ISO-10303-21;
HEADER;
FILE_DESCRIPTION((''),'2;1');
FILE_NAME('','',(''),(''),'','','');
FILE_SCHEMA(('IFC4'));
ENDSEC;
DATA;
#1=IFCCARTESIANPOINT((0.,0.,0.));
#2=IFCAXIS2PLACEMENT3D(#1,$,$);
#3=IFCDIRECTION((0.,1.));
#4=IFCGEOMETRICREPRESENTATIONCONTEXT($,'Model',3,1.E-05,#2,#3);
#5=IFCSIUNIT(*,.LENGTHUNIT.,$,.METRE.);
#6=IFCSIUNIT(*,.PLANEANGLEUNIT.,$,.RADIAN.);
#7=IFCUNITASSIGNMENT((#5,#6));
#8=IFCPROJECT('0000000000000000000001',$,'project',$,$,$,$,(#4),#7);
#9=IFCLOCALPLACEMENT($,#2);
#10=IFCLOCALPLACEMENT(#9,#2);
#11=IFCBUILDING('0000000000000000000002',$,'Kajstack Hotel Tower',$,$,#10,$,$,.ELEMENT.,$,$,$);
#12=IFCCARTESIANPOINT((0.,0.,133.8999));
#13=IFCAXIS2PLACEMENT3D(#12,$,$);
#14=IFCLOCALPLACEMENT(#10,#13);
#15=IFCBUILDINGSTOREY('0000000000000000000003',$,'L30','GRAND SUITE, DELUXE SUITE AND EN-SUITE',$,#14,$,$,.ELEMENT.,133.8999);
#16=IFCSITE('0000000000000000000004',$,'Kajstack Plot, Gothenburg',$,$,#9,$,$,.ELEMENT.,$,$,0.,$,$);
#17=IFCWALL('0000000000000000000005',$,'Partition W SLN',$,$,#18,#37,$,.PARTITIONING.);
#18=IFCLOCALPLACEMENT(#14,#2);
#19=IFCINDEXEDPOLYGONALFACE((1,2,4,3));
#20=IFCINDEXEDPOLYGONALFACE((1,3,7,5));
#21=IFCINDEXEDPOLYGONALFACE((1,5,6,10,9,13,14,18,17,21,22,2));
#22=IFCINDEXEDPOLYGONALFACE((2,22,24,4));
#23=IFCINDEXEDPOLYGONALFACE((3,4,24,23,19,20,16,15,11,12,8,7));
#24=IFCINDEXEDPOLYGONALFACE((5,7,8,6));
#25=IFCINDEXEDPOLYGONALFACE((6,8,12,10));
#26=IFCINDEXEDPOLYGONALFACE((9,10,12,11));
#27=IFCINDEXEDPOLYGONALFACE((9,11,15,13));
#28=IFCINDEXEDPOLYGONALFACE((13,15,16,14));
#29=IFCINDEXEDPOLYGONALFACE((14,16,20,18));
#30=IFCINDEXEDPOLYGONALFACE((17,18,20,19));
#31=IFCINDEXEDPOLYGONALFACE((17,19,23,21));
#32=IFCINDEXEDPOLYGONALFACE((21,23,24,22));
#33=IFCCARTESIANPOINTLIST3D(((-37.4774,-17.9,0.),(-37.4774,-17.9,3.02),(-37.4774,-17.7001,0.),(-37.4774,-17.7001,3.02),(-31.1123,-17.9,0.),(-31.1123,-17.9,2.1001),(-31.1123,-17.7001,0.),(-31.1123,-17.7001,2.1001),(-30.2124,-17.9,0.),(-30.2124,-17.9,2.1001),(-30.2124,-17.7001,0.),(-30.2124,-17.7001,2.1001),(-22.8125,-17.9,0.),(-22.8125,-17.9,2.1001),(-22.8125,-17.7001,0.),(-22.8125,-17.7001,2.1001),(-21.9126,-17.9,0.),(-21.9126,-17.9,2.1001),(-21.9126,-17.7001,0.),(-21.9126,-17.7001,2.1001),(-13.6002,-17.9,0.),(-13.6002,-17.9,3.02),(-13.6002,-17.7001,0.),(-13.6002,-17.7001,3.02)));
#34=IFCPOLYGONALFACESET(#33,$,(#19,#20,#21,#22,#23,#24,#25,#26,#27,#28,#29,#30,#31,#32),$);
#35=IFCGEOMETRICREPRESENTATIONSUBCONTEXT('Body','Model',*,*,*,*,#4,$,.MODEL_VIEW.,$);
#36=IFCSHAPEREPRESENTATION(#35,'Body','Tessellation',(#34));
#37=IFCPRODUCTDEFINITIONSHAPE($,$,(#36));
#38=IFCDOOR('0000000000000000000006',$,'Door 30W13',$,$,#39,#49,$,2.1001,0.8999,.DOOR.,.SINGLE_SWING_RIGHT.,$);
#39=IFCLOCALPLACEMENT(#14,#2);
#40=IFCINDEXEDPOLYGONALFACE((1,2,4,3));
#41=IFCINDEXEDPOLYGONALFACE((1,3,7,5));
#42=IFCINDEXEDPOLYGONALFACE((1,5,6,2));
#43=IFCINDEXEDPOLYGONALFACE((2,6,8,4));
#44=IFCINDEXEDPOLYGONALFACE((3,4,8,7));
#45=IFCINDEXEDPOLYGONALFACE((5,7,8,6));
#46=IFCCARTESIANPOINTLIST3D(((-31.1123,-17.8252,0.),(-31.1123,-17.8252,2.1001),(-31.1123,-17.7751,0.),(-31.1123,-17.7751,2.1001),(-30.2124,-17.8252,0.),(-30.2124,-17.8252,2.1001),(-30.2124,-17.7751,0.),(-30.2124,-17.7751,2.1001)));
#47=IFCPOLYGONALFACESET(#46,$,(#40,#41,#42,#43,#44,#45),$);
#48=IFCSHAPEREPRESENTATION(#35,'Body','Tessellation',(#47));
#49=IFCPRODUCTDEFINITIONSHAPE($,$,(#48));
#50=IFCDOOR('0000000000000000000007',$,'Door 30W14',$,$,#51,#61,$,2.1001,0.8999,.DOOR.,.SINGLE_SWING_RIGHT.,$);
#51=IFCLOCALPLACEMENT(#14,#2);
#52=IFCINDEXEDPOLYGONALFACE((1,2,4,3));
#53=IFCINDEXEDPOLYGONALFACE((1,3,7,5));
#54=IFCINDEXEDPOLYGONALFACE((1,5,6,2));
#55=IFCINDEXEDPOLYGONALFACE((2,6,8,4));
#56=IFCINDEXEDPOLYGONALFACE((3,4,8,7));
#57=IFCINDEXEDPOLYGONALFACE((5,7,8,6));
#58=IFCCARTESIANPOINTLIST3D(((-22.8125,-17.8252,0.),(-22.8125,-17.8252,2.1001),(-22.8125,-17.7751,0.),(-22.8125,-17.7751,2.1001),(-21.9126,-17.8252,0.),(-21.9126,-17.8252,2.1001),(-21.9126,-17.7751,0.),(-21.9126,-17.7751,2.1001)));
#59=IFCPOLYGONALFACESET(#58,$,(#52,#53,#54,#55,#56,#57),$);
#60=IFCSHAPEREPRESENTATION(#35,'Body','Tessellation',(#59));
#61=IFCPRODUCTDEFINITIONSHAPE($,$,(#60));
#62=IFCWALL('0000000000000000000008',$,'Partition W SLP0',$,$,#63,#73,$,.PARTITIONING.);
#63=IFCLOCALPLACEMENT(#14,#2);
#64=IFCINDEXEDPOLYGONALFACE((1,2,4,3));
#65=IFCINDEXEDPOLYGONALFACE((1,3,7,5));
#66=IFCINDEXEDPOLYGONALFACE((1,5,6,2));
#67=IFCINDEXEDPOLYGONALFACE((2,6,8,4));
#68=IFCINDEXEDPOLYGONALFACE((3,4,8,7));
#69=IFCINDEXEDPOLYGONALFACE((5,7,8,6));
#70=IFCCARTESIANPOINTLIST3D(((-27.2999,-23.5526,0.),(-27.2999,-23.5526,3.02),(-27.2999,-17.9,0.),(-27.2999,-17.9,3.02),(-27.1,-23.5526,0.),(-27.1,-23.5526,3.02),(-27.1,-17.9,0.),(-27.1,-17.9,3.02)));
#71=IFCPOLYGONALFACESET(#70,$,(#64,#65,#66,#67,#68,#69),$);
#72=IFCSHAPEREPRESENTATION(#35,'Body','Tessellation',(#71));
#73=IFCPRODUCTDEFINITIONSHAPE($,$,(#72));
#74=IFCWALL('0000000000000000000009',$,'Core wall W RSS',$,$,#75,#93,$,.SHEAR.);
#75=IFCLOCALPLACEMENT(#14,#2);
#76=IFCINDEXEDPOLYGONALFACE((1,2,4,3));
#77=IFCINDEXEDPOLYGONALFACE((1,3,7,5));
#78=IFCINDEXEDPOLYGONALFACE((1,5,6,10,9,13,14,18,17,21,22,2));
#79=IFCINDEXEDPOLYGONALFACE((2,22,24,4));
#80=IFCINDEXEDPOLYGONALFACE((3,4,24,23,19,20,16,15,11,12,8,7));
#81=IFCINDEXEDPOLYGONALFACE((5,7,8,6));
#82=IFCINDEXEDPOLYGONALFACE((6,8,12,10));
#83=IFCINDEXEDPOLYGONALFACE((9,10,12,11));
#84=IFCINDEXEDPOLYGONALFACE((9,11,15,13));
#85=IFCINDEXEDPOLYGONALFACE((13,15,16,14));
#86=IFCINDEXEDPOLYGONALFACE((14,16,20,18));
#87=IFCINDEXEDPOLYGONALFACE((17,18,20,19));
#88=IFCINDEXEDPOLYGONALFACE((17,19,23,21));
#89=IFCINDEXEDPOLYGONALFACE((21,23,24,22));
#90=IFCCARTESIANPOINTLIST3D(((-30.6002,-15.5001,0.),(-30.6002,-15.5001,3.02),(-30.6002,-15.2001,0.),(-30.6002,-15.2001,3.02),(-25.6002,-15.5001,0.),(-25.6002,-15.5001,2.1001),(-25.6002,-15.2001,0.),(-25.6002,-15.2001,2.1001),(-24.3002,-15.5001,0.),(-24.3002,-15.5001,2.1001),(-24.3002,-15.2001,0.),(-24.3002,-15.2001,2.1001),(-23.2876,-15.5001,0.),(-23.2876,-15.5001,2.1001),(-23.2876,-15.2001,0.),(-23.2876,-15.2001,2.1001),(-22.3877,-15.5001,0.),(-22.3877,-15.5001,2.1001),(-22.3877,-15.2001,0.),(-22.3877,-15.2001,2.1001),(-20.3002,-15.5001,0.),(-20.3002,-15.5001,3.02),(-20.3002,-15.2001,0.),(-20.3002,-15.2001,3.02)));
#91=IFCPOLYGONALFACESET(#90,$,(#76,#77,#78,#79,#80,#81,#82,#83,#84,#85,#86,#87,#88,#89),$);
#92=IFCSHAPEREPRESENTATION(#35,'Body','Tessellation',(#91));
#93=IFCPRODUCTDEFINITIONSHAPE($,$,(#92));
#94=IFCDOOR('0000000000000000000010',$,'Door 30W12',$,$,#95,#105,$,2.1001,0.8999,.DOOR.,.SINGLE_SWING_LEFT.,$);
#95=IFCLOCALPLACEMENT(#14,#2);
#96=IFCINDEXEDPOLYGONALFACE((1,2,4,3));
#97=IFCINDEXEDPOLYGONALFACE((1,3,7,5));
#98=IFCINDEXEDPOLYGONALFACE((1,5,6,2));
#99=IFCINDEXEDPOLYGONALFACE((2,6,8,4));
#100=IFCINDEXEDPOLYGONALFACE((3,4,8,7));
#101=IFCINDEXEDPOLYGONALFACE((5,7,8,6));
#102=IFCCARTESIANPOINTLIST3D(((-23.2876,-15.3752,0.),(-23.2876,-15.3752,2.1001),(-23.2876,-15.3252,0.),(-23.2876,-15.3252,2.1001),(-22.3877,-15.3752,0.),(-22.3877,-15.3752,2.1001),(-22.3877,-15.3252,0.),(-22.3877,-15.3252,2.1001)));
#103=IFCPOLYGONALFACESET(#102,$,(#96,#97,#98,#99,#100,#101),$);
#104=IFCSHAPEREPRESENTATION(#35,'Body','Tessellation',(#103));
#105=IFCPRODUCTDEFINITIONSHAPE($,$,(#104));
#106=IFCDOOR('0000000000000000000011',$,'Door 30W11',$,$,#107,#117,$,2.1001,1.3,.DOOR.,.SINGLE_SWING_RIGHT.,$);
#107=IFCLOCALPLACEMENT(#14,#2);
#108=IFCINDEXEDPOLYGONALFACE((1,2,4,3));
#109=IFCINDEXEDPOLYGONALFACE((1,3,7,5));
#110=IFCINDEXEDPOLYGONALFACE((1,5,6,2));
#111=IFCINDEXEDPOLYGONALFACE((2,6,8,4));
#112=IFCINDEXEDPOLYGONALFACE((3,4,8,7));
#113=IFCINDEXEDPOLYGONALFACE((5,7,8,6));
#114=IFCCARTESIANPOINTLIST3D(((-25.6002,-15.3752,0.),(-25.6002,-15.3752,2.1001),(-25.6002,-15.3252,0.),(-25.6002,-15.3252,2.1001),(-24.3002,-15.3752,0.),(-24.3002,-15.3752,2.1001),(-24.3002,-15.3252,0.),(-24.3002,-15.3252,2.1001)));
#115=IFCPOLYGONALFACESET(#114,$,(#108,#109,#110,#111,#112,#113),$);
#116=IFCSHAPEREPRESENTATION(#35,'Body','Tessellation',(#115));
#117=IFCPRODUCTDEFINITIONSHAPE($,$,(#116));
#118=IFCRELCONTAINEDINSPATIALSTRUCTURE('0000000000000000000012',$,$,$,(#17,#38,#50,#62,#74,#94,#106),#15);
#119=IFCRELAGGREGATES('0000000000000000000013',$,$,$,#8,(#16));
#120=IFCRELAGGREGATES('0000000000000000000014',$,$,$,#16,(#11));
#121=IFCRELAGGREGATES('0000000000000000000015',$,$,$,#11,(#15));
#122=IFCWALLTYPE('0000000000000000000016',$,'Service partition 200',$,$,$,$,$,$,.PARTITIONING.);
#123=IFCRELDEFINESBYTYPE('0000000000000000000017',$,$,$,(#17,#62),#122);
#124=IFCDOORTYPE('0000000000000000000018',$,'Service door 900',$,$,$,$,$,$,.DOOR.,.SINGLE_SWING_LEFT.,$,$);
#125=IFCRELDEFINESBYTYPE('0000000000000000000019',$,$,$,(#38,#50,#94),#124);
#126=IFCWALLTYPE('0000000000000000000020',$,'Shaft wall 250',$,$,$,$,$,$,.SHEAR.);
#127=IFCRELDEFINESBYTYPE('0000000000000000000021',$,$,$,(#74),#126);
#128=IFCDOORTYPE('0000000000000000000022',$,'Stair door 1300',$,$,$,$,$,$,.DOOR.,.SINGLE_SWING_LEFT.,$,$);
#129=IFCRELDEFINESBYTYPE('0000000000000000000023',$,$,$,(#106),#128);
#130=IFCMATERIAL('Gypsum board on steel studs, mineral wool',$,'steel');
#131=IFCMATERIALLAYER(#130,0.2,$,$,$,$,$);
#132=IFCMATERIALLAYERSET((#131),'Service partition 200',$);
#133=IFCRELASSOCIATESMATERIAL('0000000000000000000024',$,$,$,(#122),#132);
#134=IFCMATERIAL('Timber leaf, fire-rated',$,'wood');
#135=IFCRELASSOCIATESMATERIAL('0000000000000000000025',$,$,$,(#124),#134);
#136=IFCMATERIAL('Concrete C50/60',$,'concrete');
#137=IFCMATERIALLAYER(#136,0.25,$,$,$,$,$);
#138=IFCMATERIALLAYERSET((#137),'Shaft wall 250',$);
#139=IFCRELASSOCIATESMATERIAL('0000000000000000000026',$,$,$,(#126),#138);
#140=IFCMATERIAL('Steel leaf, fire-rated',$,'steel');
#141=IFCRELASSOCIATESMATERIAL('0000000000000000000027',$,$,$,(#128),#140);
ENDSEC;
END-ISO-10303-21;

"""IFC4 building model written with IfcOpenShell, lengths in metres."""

from ifc_helpers import new_model, si_unit, direction, frame, frame_2d, origin, place, context, subcontext, project, spatial, rectangle, extrude, material, layer, layer_set, type_object, element, fill, save


model = new_model("IFC4")

# Units and contexts
model_context = context("Model", 3, precision=1e-05, world=origin(), true_north=direction((0.0, 1.0)))
body_context = subcontext(model_context, "Body", "Model", "MODEL_VIEW")
ifc_project = project(units=[si_unit("LENGTHUNIT", "METRE"), si_unit("PLANEANGLEUNIT", "RADIAN")], contexts=[model_context])

# Site, building, storey
site_placement = place(None, origin())
site = spatial("IfcSite", under=ifc_project, at=site_placement, Name="Kajstack Plot, Gothenburg", CompositionType="ELEMENT", RefElevation=0.0)
building_placement = place(site_placement, origin())
building = spatial("IfcBuilding", under=site, at=building_placement, Name="Kajstack Hotel Tower", CompositionType="ELEMENT")
storey_placement = place(building_placement, frame((0.0, 0.0, 133.8999)))
storey = spatial("IfcBuildingStorey", under=building, at=storey_placement, Name="L30", Description="GRAND SUITE, DELUXE SUITE AND EN-SUITE", CompositionType="ELEMENT", Elevation=133.8999)

# Shared definitions
ifc_material_1 = material(Name="Gypsum board on steel studs, mineral wool", Category="steel")
ifc_layer_1 = layer(ifc_material_1, 0.2)
ifc_layer_set_1 = layer_set([ifc_layer_1], Name="Service partition 200")
wall_type_1 = type_object("IfcWallType", Name="Service partition 200", PredefinedType="PARTITIONING", material=ifc_layer_set_1)
ifc_material_2 = material(Name="Timber leaf, fire-rated", Category="wood")
door_type_1 = type_object("IfcDoorType", Name="Service door 900", OperationType="SINGLE_SWING_LEFT", PredefinedType="DOOR", material=ifc_material_2)

# Wall, openings, doors
wall_1_placement = place(storey_placement, frame((-37.4773, -17.8, 0.0), z_axis=(0.0, 0.0, 1.0), x_axis=(1.0, 0.0, 0.0)))
wall_1 = element("IfcWall", 1, at=wall_1_placement, inside=storey, type_object=wall_type_1, Name="Partition W SLN", PredefinedType="PARTITIONING", context=body_context, shape_type="SweptSolid", body=[
    extrude(rectangle(XDim=23.8772, YDim=0.2, at=frame_2d((11.9385, 0.0))), origin(), (0.0, 0.0, 1.0), 3.02),
])
opening_1_placement = place(wall_1_placement, frame((6.365, 0.0, 0.0)))
opening_1 = element("IfcOpeningElement", 2, at=opening_1_placement, cuts=wall_1, PredefinedType="OPENING", context=body_context, shape_type="SweptSolid", body=[
    extrude(rectangle(XDim=0.8999, YDim=2.1001, at=frame_2d((0.45, 1.05))), frame((0.0, 0.1099, 0.0), z_axis=(0.0, -1.0, 0.0), x_axis=(1.0, 0.0, 0.0)), (0.0, 0.0, 1.0), 0.22),
])
opening_2_placement = place(wall_1_placement, frame((14.6648, 0.0, 0.0)))
opening_2 = element("IfcOpeningElement", 3, at=opening_2_placement, cuts=wall_1, PredefinedType="OPENING", context=body_context, shape_type="SweptSolid", body=[
    extrude(rectangle(XDim=0.8999, YDim=2.1001, at=frame_2d((0.45, 1.05))), frame((0.0, 0.1099, 0.0), z_axis=(0.0, -1.0, 0.0), x_axis=(1.0, 0.0, 0.0)), (0.0, 0.0, 1.0), 0.22),
])
door_1_placement = place(opening_1_placement, origin())
door_1 = element("IfcDoor", 4, at=door_1_placement, inside=storey, type_object=door_type_1, Name="Door 30W13", OperationType="SINGLE_SWING_RIGHT", OverallHeight=2.1001, OverallWidth=0.8999, PredefinedType="DOOR", context=body_context, shape_type="SweptSolid", body=[
    extrude(rectangle(XDim=0.8999, YDim=2.1001, at=frame_2d((0.45, 1.05))), frame((0.0, 0.0249, 0.0), z_axis=(0.0, -1.0, 0.0), x_axis=(1.0, 0.0, 0.0)), (0.0, 0.0, 1.0), 0.05),
])
fill(opening_1, door_1)
door_2_placement = place(opening_2_placement, origin())
door_2 = element("IfcDoor", 5, at=door_2_placement, inside=storey, type_object=door_type_1, Name="Door 30W14", OperationType="SINGLE_SWING_RIGHT", OverallHeight=2.1001, OverallWidth=0.8999, PredefinedType="DOOR", context=body_context, shape_type="SweptSolid", body=[
    extrude(rectangle(XDim=0.8999, YDim=2.1001, at=frame_2d((0.45, 1.05))), frame((0.0, 0.0249, 0.0), z_axis=(0.0, -1.0, 0.0), x_axis=(1.0, 0.0, 0.0)), (0.0, 0.0, 1.0), 0.05),
])
fill(opening_2, door_2)

# Wall
wall_2_placement = place(storey_placement, frame((-27.2, -23.5525, 0.0), z_axis=(0.0, 0.0, 1.0), x_axis=(0.0, 1.0, 0.0)))
element("IfcWall", 6, at=wall_2_placement, inside=storey, type_object=wall_type_1, Name="Partition W SLP0", PredefinedType="PARTITIONING", context=body_context, shape_type="SweptSolid", body=[
    extrude(rectangle(XDim=5.6526, YDim=0.2, at=frame_2d((2.8262, 0.0))), origin(), (0.0, 0.0, 1.0), 3.02),
])

# Wall, openings, doors
ifc_material_3 = material(Name="Concrete C50/60", Category="concrete")
ifc_layer_2 = layer(ifc_material_3, 0.25)
ifc_layer_set_2 = layer_set([ifc_layer_2], Name="Shaft wall 250")
wall_type_2 = type_object("IfcWallType", Name="Shaft wall 250", PredefinedType="SHEAR", material=ifc_layer_set_2)
wall_3_placement = place(storey_placement, frame((-30.6001, -15.3501, 0.0), z_axis=(0.0, 0.0, 1.0), x_axis=(1.0, 0.0, 0.0)))
wall_3 = element("IfcWall", 7, at=wall_3_placement, inside=storey, type_object=wall_type_2, Name="Core wall W RSS", PredefinedType="SHEAR", context=body_context, shape_type="SweptSolid", body=[
    extrude(rectangle(XDim=10.3, YDim=0.3, at=frame_2d((5.1499, 0.0))), origin(), (0.0, 0.0, 1.0), 3.02),
])
opening_3_placement = place(wall_3_placement, frame((5.0, 0.0, 0.0)))
opening_3 = element("IfcOpeningElement", 8, at=opening_3_placement, cuts=wall_3, PredefinedType="OPENING", context=body_context, shape_type="SweptSolid", body=[
    extrude(rectangle(XDim=1.3, YDim=2.1001, at=frame_2d((0.6499, 1.05))), frame((0.0, 0.1599, 0.0), z_axis=(0.0, -1.0, 0.0), x_axis=(1.0, 0.0, 0.0)), (0.0, 0.0, 1.0), 0.3201),
])
opening_4_placement = place(wall_3_placement, frame((7.3125, 0.0, 0.0)))
opening_4 = element("IfcOpeningElement", 9, at=opening_4_placement, cuts=wall_3, PredefinedType="OPENING", context=body_context, shape_type="SweptSolid", body=[
    extrude(rectangle(XDim=0.8999, YDim=2.1001, at=frame_2d((0.45, 1.05))), frame((0.0, 0.1599, 0.0), z_axis=(0.0, -1.0, 0.0), x_axis=(1.0, 0.0, 0.0)), (0.0, 0.0, 1.0), 0.3201),
])
door_3_placement = place(opening_4_placement, origin())
door_3 = element("IfcDoor", 10, at=door_3_placement, inside=storey, type_object=door_type_1, Name="Door 30W12", OperationType="SINGLE_SWING_LEFT", OverallHeight=2.1001, OverallWidth=0.8999, PredefinedType="DOOR", context=body_context, shape_type="SweptSolid", body=[
    extrude(rectangle(XDim=0.8999, YDim=2.1001, at=frame_2d((0.45, 1.05))), frame((0.0, 0.0249, 0.0), z_axis=(0.0, -1.0, 0.0), x_axis=(1.0, 0.0, 0.0)), (0.0, 0.0, 1.0), 0.05),
])
fill(opening_4, door_3)
ifc_material_4 = material(Name="Steel leaf, fire-rated", Category="steel")
door_type_2 = type_object("IfcDoorType", Name="Stair door 1300", OperationType="SINGLE_SWING_LEFT", PredefinedType="DOOR", material=ifc_material_4)
door_4_placement = place(opening_3_placement, origin())
door_4 = element("IfcDoor", 11, at=door_4_placement, inside=storey, type_object=door_type_2, Name="Door 30W11", OperationType="SINGLE_SWING_RIGHT", OverallHeight=2.1001, OverallWidth=1.3, PredefinedType="DOOR", context=body_context, shape_type="SweptSolid", body=[
    extrude(rectangle(XDim=1.3, YDim=2.1001, at=frame_2d((0.6499, 1.05))), frame((0.0, 0.0249, 0.0), z_axis=(0.0, -1.0, 0.0), x_axis=(1.0, 0.0, 0.0)), (0.0, 0.0, 1.0), 0.05),
])
fill(opening_3, door_4)

save(model, "model.ifc")
